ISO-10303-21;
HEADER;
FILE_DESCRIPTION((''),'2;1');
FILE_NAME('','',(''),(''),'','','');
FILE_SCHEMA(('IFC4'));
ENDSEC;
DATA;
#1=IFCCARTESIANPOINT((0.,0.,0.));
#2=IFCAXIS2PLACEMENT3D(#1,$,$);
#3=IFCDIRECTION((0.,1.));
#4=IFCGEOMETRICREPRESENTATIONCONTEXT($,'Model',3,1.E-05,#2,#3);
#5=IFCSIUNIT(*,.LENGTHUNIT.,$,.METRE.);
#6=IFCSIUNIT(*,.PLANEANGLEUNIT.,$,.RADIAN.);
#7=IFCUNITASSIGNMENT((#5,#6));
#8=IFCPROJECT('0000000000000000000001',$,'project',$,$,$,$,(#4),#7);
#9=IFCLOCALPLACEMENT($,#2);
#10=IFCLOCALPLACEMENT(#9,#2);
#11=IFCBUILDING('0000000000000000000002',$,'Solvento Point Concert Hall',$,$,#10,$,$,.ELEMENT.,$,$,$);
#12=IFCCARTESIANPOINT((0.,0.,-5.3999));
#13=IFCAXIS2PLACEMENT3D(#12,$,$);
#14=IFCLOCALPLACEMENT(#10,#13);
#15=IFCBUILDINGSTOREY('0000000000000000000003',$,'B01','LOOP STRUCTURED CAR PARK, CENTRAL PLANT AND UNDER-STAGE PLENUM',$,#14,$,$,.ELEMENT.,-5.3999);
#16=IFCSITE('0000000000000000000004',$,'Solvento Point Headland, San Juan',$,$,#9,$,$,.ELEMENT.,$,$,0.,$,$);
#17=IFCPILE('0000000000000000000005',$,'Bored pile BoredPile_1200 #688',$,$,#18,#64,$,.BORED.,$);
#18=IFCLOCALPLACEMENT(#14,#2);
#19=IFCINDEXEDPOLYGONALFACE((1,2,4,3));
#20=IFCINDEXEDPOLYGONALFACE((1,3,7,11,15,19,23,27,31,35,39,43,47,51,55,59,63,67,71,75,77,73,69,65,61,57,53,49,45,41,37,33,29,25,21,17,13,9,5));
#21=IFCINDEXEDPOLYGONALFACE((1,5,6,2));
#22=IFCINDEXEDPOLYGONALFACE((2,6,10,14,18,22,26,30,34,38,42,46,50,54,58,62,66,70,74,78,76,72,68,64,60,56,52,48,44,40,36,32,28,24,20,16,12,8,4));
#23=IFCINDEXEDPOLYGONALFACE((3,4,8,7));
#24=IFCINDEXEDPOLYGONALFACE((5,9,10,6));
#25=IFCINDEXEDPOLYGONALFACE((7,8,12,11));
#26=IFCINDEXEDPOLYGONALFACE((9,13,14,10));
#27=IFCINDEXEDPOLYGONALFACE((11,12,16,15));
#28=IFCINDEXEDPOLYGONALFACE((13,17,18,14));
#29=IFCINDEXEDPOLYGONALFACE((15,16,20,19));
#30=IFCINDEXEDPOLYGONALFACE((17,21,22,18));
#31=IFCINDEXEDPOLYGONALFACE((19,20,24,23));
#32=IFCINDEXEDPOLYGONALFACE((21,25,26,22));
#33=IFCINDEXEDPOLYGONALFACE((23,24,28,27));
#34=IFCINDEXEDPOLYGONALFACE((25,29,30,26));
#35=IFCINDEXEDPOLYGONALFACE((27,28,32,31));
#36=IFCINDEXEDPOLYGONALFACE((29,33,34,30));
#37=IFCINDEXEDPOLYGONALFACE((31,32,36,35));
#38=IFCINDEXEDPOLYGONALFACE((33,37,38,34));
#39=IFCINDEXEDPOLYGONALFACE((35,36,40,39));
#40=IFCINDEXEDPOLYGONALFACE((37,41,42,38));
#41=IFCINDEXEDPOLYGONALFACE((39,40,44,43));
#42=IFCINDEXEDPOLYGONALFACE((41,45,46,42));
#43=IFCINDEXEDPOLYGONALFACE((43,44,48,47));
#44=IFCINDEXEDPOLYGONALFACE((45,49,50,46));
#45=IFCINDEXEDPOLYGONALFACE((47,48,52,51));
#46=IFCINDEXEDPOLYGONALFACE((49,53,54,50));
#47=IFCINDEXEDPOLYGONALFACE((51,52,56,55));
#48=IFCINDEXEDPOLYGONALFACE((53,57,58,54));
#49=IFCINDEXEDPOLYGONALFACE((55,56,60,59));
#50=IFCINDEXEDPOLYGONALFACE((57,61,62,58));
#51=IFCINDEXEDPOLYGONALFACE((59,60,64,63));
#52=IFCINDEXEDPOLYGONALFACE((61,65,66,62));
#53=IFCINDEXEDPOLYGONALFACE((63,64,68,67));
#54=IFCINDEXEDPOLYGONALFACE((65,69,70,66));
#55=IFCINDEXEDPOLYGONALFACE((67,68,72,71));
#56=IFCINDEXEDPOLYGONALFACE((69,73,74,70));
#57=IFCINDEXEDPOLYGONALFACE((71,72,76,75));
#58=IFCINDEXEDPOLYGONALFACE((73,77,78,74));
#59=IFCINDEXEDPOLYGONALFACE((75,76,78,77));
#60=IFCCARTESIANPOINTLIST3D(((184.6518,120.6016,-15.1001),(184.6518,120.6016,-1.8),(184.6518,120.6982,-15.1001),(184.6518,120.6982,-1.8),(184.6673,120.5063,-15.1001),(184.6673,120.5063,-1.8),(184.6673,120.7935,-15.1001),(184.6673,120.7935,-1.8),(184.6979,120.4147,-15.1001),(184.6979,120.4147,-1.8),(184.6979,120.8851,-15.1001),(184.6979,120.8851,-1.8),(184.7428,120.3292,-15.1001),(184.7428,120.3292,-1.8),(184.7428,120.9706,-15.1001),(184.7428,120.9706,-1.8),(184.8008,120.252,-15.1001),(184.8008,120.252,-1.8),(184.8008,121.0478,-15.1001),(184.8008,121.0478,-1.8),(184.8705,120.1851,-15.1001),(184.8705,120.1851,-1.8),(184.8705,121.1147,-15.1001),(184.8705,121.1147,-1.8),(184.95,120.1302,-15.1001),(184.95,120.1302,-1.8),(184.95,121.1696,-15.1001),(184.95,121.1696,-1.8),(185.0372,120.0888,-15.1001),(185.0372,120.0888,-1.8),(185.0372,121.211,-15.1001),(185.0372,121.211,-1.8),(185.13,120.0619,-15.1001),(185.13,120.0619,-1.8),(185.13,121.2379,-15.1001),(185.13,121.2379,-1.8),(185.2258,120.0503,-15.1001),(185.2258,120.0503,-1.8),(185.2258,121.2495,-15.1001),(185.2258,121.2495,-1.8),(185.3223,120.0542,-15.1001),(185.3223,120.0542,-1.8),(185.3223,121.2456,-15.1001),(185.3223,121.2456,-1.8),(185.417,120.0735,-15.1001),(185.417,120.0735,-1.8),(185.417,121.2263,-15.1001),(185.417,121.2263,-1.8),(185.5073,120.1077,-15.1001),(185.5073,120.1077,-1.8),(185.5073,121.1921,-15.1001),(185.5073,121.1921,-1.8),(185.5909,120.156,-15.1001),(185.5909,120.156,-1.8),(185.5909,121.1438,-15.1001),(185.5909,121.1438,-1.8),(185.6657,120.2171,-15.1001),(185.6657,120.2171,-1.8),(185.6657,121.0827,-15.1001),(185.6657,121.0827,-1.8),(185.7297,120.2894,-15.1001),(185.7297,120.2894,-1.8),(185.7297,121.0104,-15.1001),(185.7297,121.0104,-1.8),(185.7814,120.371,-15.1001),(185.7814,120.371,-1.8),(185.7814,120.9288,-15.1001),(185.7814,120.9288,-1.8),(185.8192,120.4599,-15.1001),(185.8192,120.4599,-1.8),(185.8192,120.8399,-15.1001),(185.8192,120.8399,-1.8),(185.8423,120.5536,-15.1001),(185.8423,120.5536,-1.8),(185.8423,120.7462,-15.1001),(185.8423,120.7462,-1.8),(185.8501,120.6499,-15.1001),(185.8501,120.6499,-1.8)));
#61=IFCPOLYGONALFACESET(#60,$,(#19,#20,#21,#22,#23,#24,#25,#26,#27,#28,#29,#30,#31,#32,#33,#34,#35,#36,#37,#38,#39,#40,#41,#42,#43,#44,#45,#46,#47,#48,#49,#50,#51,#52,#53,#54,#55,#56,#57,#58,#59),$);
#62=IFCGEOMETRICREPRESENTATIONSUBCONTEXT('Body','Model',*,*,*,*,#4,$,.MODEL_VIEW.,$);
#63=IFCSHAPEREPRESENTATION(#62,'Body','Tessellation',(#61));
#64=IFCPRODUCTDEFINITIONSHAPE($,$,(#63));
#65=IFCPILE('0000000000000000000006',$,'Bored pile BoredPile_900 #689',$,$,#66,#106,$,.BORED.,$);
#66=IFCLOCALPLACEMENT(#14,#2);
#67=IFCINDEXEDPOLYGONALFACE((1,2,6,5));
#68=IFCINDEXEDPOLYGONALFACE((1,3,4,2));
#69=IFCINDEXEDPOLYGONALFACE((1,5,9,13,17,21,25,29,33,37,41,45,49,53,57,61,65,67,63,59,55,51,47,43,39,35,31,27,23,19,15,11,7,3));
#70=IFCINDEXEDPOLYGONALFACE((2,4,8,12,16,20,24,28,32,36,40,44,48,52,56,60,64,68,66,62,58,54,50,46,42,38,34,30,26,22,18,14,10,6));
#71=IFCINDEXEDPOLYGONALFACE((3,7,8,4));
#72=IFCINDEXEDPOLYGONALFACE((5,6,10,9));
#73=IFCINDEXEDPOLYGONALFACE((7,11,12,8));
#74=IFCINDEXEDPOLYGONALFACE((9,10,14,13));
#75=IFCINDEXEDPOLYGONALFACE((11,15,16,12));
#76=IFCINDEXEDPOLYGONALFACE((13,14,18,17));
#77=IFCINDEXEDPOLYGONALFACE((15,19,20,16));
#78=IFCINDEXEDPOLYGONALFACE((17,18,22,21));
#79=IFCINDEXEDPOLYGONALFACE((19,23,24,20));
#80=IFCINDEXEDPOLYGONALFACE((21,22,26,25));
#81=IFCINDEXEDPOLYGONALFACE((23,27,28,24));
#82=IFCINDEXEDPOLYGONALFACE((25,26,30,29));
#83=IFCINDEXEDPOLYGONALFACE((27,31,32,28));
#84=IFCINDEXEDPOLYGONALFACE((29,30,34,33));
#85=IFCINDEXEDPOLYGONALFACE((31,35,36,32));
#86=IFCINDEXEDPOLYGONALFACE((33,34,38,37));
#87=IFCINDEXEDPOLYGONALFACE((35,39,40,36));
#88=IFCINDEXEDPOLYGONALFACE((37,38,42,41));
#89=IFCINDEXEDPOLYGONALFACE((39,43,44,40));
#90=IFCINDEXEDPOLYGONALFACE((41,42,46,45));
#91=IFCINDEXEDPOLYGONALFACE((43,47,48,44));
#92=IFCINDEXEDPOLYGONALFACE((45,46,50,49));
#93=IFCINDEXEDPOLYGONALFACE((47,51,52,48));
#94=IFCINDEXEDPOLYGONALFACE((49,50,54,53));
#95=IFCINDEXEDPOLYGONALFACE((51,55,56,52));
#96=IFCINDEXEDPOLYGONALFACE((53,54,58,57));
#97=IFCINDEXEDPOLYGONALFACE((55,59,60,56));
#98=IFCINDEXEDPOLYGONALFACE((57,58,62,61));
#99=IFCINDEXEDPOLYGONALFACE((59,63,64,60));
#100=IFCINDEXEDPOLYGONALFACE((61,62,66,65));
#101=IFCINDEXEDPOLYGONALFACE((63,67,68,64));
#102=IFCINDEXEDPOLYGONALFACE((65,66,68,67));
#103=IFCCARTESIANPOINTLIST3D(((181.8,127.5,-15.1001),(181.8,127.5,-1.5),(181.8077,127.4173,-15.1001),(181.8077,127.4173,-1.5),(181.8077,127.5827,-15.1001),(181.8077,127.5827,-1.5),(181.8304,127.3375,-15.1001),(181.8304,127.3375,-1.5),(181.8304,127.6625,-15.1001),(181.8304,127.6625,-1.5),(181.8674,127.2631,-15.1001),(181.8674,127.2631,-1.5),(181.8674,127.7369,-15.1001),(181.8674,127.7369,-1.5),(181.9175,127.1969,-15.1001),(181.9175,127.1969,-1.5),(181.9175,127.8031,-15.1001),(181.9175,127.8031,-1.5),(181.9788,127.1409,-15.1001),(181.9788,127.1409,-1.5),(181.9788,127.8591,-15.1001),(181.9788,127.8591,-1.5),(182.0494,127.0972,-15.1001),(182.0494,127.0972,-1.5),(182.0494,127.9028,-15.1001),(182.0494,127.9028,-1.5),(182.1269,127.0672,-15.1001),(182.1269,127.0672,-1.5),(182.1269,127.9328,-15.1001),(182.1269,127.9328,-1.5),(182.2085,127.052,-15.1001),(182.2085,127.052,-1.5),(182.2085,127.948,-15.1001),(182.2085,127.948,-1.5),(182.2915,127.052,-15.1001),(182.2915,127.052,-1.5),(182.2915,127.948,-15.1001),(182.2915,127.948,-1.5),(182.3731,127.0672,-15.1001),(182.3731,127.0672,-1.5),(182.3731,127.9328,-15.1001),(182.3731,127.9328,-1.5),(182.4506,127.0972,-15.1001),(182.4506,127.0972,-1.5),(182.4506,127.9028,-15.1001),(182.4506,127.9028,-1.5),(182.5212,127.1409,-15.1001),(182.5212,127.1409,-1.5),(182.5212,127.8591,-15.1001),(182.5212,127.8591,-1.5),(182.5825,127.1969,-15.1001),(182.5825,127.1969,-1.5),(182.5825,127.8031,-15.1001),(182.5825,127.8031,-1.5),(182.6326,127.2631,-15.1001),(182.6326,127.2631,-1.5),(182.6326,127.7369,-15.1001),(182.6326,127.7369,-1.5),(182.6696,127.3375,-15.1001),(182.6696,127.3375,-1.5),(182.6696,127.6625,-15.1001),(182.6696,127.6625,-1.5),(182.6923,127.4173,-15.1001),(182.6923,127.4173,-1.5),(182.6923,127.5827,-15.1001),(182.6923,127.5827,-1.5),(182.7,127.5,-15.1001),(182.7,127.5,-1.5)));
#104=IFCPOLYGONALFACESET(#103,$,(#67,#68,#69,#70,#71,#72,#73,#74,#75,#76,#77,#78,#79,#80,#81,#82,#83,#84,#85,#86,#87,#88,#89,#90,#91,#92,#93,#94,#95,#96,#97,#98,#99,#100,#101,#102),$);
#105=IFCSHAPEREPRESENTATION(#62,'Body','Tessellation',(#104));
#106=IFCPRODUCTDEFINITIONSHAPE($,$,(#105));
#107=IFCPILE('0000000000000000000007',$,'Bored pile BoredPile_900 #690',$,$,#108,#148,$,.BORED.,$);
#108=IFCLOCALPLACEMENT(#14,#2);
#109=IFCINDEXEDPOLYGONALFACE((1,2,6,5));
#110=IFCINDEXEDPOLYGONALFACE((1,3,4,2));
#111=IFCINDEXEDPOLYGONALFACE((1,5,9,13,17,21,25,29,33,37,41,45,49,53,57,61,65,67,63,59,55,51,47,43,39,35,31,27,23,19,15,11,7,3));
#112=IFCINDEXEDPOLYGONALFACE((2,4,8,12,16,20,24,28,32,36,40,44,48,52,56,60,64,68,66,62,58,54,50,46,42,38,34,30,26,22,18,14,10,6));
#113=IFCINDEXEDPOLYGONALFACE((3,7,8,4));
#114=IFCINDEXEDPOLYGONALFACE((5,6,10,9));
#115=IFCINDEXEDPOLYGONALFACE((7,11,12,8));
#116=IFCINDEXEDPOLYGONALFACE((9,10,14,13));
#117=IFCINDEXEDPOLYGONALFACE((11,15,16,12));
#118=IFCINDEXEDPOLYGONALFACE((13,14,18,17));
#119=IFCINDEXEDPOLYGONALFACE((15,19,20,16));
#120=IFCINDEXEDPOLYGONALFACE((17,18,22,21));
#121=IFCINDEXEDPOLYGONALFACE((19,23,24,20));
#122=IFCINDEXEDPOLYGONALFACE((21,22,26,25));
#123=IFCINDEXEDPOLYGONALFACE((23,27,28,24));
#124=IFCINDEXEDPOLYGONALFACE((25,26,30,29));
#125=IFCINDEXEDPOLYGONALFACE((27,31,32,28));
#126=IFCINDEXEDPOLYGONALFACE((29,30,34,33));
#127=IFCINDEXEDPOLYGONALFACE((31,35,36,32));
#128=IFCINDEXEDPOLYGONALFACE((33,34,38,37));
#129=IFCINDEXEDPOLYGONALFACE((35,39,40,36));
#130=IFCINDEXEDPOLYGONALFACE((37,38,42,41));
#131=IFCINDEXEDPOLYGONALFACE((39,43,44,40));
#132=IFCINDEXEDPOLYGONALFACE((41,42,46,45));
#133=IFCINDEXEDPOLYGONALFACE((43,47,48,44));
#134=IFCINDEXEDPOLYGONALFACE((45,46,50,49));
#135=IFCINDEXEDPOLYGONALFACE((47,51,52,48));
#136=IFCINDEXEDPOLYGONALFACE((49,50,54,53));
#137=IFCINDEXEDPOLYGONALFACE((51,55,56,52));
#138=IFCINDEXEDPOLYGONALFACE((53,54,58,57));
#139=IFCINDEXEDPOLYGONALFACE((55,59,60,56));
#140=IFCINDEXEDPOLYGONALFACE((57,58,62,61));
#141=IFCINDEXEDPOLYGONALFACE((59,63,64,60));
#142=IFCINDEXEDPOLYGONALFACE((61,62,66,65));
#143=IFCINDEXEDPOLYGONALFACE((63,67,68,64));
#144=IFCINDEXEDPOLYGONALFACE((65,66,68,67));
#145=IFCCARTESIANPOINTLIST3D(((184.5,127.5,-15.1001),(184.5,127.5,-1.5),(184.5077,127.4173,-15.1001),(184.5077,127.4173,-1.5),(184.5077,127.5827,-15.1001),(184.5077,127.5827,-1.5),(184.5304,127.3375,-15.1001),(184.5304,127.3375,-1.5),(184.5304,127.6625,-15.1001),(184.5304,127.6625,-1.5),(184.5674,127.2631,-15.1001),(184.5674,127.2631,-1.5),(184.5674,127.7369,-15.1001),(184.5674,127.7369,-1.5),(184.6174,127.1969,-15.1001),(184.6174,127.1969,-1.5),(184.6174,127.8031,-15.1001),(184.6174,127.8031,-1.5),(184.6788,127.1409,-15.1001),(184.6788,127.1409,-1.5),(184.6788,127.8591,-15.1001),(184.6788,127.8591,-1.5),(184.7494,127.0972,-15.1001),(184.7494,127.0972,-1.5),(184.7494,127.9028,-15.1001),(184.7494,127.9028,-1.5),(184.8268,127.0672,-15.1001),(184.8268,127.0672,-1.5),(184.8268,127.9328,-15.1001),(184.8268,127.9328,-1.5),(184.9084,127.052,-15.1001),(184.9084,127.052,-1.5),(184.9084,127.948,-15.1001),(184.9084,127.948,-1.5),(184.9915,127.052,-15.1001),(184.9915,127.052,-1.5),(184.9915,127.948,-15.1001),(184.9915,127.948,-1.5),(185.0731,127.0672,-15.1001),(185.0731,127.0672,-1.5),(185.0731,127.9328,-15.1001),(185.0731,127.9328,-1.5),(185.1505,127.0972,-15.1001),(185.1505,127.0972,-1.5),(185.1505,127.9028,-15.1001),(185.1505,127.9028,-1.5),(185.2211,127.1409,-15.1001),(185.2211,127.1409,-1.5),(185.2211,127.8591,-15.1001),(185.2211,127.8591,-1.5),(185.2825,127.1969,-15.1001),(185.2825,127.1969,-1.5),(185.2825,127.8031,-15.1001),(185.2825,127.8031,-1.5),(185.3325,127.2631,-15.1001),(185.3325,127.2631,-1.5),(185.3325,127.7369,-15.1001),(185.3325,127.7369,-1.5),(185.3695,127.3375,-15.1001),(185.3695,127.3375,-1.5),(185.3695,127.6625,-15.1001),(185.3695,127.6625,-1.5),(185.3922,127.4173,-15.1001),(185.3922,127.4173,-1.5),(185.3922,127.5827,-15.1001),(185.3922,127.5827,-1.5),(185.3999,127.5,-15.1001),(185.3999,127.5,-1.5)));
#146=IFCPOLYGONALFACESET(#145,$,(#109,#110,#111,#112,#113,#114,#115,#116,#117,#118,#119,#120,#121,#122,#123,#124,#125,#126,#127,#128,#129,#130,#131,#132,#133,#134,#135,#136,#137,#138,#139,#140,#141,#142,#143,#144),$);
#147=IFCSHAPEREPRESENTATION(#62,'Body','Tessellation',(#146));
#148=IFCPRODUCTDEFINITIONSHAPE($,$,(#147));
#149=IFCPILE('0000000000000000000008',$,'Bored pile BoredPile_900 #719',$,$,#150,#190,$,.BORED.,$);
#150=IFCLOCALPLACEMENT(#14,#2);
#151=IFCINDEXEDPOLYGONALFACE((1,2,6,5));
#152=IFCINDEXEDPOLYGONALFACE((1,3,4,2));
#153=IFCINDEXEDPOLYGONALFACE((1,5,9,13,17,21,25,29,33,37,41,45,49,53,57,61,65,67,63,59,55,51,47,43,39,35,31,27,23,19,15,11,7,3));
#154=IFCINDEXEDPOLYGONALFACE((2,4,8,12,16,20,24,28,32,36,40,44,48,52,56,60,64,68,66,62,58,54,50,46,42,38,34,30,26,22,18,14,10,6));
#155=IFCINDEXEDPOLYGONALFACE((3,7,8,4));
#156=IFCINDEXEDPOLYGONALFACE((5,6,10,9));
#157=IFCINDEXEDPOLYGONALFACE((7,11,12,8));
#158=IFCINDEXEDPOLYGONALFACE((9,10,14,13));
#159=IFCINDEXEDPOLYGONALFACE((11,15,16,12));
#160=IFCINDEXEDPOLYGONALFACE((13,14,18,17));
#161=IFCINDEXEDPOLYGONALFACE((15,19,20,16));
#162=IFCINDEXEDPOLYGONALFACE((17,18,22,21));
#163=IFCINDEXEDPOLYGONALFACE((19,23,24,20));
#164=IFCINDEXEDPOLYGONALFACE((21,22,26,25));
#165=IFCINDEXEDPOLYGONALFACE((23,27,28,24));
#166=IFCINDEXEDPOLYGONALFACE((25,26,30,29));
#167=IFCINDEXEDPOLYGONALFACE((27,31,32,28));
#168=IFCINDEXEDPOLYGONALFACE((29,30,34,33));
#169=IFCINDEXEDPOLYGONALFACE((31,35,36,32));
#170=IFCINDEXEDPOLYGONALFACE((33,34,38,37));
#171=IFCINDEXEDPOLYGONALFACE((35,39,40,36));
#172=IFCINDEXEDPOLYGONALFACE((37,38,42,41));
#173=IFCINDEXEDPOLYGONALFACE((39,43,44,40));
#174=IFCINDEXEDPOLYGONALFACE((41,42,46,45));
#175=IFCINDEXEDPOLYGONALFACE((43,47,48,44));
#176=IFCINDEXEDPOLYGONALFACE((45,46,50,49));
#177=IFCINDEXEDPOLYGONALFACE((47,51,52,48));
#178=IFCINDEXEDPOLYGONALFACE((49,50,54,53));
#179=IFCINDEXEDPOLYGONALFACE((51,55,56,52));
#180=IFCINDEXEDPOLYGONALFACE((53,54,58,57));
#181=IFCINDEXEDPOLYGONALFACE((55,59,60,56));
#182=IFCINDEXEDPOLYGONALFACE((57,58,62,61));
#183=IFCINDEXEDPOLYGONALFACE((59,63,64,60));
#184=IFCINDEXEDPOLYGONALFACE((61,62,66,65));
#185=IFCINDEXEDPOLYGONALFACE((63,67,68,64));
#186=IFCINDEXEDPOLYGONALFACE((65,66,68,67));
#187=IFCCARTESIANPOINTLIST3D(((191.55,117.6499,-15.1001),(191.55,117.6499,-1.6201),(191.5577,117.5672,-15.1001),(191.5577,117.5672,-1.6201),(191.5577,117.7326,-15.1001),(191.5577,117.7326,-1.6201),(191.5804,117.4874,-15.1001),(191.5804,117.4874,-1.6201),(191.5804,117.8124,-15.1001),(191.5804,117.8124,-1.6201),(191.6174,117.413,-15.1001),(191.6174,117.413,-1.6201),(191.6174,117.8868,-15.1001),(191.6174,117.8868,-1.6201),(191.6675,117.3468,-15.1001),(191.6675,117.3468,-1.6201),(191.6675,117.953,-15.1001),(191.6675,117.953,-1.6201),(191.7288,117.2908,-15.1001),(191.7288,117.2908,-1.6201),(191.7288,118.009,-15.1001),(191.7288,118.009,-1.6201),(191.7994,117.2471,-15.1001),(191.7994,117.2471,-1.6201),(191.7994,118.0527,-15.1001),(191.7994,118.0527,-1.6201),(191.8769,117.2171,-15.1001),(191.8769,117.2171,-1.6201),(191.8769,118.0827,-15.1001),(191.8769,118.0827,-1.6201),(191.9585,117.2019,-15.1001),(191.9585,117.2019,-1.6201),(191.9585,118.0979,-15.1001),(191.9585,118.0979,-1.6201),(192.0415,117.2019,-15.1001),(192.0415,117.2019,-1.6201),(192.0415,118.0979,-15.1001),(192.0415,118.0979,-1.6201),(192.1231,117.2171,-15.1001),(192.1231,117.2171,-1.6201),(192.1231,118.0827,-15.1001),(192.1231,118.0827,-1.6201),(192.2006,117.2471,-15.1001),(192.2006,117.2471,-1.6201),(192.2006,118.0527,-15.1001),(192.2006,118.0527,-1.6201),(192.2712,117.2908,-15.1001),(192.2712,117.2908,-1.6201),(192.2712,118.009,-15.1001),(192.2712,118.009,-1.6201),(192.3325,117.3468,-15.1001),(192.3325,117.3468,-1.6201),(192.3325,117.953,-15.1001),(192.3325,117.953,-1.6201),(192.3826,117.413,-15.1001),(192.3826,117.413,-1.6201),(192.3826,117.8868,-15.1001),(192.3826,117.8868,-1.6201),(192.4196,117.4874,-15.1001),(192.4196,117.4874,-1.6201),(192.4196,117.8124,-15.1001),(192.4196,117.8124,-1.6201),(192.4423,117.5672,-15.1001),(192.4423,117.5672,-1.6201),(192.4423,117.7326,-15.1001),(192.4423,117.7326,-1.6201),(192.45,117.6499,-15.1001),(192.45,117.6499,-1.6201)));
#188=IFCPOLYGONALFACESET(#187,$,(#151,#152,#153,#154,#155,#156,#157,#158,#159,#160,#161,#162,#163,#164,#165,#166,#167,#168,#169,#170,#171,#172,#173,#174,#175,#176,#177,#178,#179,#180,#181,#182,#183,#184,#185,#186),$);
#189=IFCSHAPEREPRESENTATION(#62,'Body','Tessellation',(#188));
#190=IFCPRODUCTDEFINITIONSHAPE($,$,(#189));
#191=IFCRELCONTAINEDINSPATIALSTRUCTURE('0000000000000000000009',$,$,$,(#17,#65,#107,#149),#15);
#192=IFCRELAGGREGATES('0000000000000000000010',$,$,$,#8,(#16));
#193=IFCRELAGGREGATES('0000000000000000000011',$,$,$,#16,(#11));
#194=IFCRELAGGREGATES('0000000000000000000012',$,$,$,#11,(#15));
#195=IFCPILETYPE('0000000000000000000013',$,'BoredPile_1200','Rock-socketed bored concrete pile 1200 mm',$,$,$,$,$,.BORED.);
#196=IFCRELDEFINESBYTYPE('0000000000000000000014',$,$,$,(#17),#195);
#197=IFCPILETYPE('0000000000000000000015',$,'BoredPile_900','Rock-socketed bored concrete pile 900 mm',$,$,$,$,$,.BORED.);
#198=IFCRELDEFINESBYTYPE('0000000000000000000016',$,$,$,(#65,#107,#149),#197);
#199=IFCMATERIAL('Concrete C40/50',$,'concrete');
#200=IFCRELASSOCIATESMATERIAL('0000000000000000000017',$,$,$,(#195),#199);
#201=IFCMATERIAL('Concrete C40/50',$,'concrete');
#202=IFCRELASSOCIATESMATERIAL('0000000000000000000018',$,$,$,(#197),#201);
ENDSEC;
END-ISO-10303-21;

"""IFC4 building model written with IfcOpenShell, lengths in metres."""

from ifc_helpers import new_model, si_unit, direction, frame, origin, origin_2d, place, context, subcontext, project, spatial, circle, extrude, material, material_profile, profile_set, type_object, element, save


model = new_model("IFC4")

# Units and contexts
model_context = context("Model", 3, precision=1e-05, world=origin(), true_north=direction((0.0, 1.0)))
body_context = subcontext(model_context, "Body", "Model", "MODEL_VIEW")
ifc_project = project(units=[si_unit("LENGTHUNIT", "METRE"), si_unit("PLANEANGLEUNIT", "RADIAN")], contexts=[model_context])

# Site, building, storey
site_placement = place(None, origin())
site = spatial("IfcSite", under=ifc_project, at=site_placement, Name="Solvento Point Headland, San Juan", CompositionType="ELEMENT", RefElevation=0.0)
building_placement = place(site_placement, origin())
building = spatial("IfcBuilding", under=site, at=building_placement, Name="Solvento Point Concert Hall", CompositionType="ELEMENT")
storey_placement = place(building_placement, frame((0.0, 0.0, -5.3999)))
storey = spatial("IfcBuildingStorey", under=building, at=storey_placement, Name="B01", Description="LOOP STRUCTURED CAR PARK, CENTRAL PLANT AND UNDER-STAGE PLENUM", CompositionType="ELEMENT", Elevation=-5.3999)

# Piles
ifc_material_1 = material(Name="Concrete C40/50", Category="concrete")
ifc_material_profile_1 = material_profile(ifc_material_1, circle(Radius=0.6001, at=origin_2d()), Name="BP-1200")
ifc_profile_set_1 = profile_set([ifc_material_profile_1], Name="Concrete C40/50")
pile_type_1 = type_object("IfcPileType", Name="BoredPile_1200", Description="Rock-socketed bored concrete pile 1200 mm", PredefinedType="BORED", material=ifc_profile_set_1)
pile_placement = place(storey_placement, frame((185.25, 120.6499, -1.8), z_axis=(0.0, 0.0, -1.0), x_axis=(1.0, 0.0, 0.0)))
element("IfcPile", 1, at=pile_placement, inside=storey, type_object=pile_type_1, Name="Bored pile BoredPile_1200 #688", PredefinedType="BORED", context=body_context, shape_type="SweptSolid", body=[
    extrude(circle(Radius=0.6001, at=origin_2d()), origin(), (0.0, 0.0, 1.0), 13.3),
])
ifc_material_2 = material(Name="Concrete C40/50", Category="concrete")
ifc_material_profile_2 = material_profile(ifc_material_2, circle(Radius=0.45, at=origin_2d()), Name="BP-900")
ifc_profile_set_2 = profile_set([ifc_material_profile_2], Name="Concrete C40/50")
pile_type_2 = type_object("IfcPileType", Name="BoredPile_900", Description="Rock-socketed bored concrete pile 900 mm", PredefinedType="BORED", material=ifc_profile_set_2)
for number, where, z_axis, x_axis, name in (
    (2, (182.25, 127.5, -1.5), (0.0, 0.0, -1.0), (1.0, 0.0, 0.0), "Bored pile BoredPile_900 #689"),
    (3, (184.95, 127.5, -1.5), (0.0, 0.0, -1.0), (1.0, 0.0, 0.0), "Bored pile BoredPile_900 #690"),
):
    element("IfcPile", number, at=place(storey_placement, frame(where, z_axis=z_axis, x_axis=x_axis)), inside=storey, type_object=pile_type_2, Name=name, PredefinedType="BORED", context=body_context, shape_type="SweptSolid", body=[
        extrude(circle(Radius=0.45, at=origin_2d()), origin(), (0.0, 0.0, 1.0), 13.6001),
    ])
for number, where, z_axis, x_axis, name in (
    (4, (192.0, 117.6499, -1.6201), (0.0, 0.0, -1.0), (1.0, 0.0, 0.0), "Bored pile BoredPile_900 #719"),
):
    element("IfcPile", number, at=place(storey_placement, frame(where, z_axis=z_axis, x_axis=x_axis)), inside=storey, type_object=pile_type_2, Name=name, PredefinedType="BORED", context=body_context, shape_type="SweptSolid", body=[
        extrude(circle(Radius=0.45, at=origin_2d()), origin(), (0.0, 0.0, 1.0), 13.48),
    ])

save(model, "model.ifc")
